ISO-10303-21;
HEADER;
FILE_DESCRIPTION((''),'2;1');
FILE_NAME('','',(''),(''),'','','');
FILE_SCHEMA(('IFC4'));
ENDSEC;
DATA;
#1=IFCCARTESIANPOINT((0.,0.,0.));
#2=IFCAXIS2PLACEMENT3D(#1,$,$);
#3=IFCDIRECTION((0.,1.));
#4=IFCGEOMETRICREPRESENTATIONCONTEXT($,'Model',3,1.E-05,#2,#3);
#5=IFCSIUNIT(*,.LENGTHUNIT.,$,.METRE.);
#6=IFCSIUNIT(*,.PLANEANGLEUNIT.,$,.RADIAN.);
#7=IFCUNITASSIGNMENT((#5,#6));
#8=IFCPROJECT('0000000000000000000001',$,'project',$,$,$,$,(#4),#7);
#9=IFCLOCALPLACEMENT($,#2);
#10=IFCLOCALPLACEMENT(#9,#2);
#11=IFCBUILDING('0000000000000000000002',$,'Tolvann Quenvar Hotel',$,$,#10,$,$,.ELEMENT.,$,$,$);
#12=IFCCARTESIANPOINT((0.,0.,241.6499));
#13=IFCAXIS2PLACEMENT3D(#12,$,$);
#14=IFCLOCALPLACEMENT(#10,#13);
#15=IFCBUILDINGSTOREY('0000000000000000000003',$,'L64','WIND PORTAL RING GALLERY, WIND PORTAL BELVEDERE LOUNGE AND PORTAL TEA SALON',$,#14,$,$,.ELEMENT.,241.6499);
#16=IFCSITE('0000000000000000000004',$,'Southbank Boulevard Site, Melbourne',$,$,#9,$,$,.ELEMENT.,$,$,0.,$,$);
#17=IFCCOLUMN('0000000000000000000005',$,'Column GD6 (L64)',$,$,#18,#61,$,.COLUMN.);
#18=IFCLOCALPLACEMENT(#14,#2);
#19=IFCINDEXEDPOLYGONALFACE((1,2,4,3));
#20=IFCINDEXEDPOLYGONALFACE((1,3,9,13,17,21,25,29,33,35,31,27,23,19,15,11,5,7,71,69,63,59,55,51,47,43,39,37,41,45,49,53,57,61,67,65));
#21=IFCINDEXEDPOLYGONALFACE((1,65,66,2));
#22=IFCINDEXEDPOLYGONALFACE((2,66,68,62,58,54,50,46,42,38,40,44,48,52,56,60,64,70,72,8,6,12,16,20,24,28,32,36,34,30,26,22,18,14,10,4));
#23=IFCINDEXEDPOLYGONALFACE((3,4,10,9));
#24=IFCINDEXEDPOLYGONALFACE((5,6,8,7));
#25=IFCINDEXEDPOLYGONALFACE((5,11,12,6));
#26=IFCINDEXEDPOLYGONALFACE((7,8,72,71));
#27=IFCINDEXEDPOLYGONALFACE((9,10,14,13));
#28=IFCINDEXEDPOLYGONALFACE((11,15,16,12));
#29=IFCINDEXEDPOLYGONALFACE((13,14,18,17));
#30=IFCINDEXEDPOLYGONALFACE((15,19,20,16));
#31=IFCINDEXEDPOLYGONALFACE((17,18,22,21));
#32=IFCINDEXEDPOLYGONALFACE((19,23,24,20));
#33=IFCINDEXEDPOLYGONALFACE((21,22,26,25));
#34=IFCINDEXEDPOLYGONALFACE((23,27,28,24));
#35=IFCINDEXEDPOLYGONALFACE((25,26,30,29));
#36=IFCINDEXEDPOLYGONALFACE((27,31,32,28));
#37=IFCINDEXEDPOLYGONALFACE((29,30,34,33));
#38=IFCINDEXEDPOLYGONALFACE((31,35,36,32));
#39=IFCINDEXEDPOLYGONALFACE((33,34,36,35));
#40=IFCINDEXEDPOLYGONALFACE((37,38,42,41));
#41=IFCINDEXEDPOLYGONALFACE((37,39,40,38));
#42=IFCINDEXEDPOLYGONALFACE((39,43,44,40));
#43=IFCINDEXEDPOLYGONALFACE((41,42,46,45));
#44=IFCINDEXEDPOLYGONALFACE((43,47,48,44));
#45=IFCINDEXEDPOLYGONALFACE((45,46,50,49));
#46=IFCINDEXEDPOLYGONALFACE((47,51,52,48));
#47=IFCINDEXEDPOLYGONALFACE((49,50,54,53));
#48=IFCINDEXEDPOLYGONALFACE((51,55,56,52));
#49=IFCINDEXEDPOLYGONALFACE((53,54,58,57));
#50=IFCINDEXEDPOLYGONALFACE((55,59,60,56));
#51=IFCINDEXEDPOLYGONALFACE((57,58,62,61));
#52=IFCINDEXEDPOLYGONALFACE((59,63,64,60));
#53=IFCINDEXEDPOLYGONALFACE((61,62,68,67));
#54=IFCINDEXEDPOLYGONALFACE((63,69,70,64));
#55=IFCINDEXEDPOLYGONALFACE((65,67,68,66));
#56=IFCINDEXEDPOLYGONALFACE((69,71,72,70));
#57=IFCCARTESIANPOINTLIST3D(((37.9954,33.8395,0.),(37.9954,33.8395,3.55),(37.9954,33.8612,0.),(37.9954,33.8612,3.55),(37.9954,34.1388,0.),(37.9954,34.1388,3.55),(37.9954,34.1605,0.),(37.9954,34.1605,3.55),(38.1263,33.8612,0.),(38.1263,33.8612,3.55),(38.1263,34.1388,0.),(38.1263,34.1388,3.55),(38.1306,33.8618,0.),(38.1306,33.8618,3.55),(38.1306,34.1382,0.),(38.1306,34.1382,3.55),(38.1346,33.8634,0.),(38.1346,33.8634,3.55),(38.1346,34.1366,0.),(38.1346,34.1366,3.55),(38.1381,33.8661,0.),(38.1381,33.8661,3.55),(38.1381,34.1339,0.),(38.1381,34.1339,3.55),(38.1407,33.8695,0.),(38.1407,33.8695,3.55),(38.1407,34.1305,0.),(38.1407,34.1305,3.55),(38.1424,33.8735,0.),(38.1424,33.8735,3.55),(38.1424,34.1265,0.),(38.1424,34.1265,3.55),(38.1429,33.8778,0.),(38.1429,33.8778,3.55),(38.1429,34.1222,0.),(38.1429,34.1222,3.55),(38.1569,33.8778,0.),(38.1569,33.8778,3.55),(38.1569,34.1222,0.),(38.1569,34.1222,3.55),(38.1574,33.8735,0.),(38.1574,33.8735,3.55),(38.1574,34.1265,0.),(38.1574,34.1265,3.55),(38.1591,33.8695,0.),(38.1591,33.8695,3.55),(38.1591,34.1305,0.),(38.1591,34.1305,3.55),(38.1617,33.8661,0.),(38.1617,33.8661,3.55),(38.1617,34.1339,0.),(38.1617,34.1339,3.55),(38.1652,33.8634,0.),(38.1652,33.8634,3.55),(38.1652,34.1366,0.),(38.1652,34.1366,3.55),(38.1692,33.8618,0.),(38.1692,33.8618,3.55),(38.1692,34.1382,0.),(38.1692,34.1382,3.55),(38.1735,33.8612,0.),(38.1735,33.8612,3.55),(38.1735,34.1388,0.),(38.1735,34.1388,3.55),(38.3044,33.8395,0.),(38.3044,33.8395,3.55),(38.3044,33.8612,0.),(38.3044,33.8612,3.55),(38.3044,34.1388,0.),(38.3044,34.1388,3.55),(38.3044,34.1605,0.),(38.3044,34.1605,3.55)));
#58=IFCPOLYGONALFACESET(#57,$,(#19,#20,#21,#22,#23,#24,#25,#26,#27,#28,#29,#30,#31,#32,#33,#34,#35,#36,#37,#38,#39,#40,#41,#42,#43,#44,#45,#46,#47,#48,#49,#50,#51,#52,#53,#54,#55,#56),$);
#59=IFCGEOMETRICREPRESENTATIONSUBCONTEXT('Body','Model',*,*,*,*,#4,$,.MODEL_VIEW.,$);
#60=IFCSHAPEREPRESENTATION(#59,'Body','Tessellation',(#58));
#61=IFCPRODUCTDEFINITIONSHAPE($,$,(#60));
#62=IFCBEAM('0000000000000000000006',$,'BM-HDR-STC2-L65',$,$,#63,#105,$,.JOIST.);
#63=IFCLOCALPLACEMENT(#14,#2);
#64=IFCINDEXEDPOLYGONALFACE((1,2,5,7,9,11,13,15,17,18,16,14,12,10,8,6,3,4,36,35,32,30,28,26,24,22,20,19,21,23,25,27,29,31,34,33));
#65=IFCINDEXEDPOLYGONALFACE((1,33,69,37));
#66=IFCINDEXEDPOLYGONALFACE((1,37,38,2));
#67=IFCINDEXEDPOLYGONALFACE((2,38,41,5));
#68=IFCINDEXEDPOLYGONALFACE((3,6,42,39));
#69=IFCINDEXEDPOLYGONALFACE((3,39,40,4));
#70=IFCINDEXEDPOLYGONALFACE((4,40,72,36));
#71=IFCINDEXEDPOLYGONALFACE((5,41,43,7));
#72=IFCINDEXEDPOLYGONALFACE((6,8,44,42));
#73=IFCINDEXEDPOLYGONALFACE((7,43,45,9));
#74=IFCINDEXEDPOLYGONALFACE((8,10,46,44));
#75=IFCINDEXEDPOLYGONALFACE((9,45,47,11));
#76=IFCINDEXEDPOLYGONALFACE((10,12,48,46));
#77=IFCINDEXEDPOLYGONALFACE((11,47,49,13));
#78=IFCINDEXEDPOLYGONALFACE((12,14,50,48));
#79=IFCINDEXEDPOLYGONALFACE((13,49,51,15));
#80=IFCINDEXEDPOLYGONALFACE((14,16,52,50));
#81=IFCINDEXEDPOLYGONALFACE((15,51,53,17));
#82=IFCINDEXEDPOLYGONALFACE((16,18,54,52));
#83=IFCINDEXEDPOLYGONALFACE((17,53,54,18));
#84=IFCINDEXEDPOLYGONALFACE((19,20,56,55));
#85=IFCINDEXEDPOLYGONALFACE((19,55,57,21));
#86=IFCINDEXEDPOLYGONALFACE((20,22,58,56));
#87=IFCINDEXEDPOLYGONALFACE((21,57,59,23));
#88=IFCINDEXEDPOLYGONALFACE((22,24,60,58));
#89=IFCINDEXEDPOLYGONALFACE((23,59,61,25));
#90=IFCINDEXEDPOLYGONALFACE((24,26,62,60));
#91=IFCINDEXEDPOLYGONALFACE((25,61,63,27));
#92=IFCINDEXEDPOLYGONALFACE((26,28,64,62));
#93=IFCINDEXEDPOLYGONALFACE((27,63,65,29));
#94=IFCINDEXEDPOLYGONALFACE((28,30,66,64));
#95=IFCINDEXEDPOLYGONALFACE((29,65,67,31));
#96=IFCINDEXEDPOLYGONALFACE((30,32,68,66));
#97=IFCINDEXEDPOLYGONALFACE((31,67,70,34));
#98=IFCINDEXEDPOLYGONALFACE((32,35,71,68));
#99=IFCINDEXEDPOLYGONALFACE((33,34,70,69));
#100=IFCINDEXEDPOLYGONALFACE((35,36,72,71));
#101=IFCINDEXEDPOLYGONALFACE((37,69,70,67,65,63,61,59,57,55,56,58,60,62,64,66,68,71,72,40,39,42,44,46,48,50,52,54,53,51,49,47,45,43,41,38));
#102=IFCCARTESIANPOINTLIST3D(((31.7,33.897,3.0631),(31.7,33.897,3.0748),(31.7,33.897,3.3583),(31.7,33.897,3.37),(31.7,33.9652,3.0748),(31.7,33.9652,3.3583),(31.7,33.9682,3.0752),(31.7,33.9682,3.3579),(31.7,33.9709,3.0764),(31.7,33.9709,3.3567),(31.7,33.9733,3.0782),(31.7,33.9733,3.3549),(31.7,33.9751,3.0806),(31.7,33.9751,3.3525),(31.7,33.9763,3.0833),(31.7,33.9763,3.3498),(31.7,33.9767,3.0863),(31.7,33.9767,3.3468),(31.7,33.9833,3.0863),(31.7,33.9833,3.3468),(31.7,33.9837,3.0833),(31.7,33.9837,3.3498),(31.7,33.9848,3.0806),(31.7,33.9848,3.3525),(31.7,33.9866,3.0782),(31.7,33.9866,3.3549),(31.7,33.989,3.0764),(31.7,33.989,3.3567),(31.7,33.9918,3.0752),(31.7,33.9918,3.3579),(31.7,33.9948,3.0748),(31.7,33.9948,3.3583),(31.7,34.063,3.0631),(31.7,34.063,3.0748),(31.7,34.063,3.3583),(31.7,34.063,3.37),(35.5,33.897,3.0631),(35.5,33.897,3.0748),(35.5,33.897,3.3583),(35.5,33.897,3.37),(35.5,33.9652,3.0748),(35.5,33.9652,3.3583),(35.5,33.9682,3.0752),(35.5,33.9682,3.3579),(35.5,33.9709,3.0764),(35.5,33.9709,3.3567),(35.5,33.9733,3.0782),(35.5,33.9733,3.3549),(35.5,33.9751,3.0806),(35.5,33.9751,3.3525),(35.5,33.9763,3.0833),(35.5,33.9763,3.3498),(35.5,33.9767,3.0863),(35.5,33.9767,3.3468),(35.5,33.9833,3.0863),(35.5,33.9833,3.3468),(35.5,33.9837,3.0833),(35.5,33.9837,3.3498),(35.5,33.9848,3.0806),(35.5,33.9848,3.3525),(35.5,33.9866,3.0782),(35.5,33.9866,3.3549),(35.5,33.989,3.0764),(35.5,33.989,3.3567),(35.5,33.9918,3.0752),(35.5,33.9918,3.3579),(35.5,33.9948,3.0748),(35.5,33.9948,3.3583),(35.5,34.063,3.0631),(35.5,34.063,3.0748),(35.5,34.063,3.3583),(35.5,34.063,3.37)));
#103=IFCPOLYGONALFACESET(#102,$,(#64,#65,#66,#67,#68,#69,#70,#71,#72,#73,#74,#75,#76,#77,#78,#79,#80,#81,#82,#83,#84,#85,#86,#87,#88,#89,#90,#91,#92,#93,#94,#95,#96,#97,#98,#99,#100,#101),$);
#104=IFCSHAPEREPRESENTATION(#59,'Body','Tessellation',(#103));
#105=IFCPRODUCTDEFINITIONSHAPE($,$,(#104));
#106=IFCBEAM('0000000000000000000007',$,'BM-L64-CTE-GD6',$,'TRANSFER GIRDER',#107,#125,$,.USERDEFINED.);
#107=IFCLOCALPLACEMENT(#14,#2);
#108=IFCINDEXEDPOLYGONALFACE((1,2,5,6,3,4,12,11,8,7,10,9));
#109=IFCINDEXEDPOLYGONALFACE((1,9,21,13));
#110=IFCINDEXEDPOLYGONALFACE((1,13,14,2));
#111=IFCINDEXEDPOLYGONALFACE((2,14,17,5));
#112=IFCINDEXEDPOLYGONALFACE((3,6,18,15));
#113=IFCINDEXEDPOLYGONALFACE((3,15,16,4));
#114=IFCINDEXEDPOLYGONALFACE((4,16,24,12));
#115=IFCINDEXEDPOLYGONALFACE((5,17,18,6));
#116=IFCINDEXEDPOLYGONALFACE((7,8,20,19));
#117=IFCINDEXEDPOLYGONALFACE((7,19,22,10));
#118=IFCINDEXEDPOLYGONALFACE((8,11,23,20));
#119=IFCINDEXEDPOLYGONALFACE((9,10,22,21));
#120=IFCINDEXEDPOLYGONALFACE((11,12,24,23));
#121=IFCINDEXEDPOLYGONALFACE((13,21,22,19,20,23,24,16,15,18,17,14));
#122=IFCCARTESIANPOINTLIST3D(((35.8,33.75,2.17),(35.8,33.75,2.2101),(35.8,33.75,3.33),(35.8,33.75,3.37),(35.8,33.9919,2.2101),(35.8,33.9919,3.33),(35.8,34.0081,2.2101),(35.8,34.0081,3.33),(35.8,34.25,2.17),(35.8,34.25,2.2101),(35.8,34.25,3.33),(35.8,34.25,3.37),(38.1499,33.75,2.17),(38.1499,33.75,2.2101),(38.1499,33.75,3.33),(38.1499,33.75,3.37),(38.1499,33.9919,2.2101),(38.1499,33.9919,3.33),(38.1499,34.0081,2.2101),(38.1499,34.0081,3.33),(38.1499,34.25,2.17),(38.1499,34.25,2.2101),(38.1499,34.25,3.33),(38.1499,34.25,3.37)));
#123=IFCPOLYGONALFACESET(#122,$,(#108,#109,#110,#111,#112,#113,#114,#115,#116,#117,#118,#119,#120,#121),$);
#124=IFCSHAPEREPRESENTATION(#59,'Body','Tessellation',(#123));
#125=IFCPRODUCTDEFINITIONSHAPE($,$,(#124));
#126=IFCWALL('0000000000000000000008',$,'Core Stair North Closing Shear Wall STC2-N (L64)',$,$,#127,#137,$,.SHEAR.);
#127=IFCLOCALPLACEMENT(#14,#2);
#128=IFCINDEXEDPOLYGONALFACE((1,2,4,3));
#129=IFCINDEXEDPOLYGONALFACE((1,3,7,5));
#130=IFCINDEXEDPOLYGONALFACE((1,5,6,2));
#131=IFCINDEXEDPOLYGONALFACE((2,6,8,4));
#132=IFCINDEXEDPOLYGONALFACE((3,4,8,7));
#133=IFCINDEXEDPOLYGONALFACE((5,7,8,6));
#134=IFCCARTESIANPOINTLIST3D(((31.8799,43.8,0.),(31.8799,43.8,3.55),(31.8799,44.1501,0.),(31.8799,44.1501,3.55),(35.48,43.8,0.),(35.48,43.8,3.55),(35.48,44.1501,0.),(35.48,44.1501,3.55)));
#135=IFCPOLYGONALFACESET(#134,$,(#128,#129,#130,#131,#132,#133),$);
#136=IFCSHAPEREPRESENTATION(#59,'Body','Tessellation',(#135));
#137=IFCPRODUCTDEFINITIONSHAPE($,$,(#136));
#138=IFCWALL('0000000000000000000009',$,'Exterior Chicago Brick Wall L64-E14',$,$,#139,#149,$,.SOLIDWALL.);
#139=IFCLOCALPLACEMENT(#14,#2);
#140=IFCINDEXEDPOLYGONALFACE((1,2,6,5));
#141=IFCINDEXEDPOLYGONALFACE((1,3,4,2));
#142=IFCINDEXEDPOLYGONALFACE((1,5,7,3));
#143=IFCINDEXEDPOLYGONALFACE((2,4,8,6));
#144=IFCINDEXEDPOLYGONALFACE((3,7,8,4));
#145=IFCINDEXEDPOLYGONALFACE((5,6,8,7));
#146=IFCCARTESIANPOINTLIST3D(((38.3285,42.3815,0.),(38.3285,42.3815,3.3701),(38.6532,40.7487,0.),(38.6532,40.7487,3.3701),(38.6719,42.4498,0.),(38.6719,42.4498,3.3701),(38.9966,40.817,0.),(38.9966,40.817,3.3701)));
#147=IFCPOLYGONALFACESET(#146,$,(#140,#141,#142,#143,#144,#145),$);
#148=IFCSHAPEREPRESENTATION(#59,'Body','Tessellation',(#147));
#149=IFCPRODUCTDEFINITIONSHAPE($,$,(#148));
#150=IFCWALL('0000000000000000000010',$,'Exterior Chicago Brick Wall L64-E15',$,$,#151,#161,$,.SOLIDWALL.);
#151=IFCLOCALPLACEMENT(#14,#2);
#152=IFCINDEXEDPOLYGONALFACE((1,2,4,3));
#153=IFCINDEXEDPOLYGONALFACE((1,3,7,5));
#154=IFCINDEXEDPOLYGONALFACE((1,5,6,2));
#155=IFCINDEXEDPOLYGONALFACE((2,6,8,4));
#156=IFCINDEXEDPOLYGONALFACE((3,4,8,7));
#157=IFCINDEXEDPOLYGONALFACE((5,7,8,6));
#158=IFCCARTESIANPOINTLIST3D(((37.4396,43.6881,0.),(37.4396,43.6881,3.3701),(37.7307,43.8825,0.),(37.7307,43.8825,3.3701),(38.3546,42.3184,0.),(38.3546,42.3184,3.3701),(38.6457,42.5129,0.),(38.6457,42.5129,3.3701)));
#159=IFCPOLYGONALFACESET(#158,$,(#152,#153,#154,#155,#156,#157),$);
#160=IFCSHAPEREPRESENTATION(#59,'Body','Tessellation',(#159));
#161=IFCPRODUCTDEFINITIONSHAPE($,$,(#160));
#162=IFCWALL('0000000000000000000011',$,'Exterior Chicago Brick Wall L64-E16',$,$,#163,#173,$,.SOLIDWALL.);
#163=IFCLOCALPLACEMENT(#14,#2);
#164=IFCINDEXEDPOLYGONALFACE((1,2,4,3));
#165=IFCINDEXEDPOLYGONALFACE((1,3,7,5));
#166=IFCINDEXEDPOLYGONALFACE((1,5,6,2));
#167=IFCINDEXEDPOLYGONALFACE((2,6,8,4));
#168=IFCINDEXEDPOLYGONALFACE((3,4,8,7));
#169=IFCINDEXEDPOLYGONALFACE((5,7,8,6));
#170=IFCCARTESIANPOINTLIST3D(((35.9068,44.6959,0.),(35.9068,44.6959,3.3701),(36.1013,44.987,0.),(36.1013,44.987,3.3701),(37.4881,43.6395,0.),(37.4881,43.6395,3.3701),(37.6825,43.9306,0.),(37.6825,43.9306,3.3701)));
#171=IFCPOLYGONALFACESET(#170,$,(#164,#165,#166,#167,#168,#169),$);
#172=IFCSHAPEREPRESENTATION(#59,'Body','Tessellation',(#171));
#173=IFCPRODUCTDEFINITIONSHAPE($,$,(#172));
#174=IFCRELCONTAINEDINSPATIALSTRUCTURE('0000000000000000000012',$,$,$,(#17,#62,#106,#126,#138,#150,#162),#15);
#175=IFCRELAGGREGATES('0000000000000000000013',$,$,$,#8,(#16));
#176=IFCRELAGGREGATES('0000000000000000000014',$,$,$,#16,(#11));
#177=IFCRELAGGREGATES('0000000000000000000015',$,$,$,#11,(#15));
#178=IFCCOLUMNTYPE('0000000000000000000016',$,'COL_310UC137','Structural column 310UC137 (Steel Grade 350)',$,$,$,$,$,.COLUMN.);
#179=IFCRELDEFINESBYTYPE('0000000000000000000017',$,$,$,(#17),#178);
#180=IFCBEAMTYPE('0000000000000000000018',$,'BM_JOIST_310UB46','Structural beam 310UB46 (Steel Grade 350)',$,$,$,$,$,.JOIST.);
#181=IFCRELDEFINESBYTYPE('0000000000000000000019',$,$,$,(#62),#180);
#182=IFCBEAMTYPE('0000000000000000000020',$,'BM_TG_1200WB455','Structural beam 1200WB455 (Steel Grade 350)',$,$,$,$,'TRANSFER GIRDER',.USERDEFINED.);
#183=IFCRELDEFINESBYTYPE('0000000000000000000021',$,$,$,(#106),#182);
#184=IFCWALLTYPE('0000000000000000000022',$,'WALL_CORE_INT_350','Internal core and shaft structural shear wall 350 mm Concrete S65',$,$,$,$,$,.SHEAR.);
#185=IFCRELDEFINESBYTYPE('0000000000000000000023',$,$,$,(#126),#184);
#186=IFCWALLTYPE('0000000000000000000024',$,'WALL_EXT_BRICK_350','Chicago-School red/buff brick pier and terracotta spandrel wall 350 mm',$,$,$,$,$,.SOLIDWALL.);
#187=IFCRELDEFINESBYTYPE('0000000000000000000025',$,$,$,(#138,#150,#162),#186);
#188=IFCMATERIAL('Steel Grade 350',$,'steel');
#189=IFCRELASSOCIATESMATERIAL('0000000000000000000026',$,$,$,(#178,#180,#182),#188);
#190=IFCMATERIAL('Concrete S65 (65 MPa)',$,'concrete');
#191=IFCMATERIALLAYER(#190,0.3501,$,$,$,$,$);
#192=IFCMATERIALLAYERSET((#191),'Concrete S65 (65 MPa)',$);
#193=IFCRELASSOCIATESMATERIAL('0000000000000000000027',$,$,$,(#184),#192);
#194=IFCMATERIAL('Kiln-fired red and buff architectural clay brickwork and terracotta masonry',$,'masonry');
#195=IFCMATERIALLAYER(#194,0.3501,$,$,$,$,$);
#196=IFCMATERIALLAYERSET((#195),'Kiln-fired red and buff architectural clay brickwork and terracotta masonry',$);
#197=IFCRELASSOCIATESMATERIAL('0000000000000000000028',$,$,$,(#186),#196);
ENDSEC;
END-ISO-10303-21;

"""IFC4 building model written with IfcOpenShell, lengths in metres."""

from ifc_helpers import new_model, si_unit, direction, frame, frame_2d, origin, origin_2d, place, context, subcontext, project, spatial, rectangle, i_section, extrude, source, transform, mapped, material, layer, layer_set, material_profile, profile_set, type_object, type_shapes, element, save


model = new_model("IFC4")

# Units and contexts
model_context = context("Model", 3, precision=1e-05, world=origin(), true_north=direction((0.0, 1.0)))
body_context = subcontext(model_context, "Body", "Model", "MODEL_VIEW")
ifc_project = project(units=[si_unit("LENGTHUNIT", "METRE"), si_unit("PLANEANGLEUNIT", "RADIAN")], contexts=[model_context])

# Site, building, storey
site_placement = place(None, origin())
site = spatial("IfcSite", under=ifc_project, at=site_placement, Name="Southbank Boulevard Site, Melbourne", CompositionType="ELEMENT", RefElevation=0.0)
building_placement = place(site_placement, origin())
building = spatial("IfcBuilding", under=site, at=building_placement, Name="Tolvann Quenvar Hotel", CompositionType="ELEMENT")
storey_placement = place(building_placement, frame((0.0, 0.0, 241.6499)))
storey = spatial("IfcBuildingStorey", under=building, at=storey_placement, Name="L64", Description="WIND PORTAL RING GALLERY, WIND PORTAL BELVEDERE LOUNGE AND PORTAL TEA SALON", CompositionType="ELEMENT", Elevation=241.6499)

# Column
ifc_material_1 = material(Name="Steel Grade 350", Category="steel")
ifc_material_profile_1 = material_profile(ifc_material_1, i_section(OverallWidth=0.3091, OverallDepth=0.321, WebThickness=0.0139, FlangeThickness=0.0217, FilletRadius=0.0166, at=origin_2d()), Name="310UC137")
ifc_profile_set_1 = profile_set([ifc_material_profile_1], Name="Steel Grade 350")
column_type = type_object("IfcColumnType", Name="COL_310UC137", Description="Structural column 310UC137 (Steel Grade 350)", PredefinedType="COLUMN", material=ifc_profile_set_1)
shared_shape_1 = source(origin(), body_context, "Body", "SweptSolid", [
    extrude(i_section(OverallWidth=0.3091, OverallDepth=0.321, WebThickness=0.0139, FlangeThickness=0.0217, FilletRadius=0.0166, at=origin_2d()), origin(), (0.0, 0.0, 1.0), 3.55),
])
type_shapes(column_type, [shared_shape_1])
column_placement = place(storey_placement, frame((38.1499, 34.0, 0.0), z_axis=(0.0, 0.0, 1.0), x_axis=(1.0, 0.0, 0.0)))
element("IfcColumn", 1, at=column_placement, inside=storey, type_object=column_type, Name="Column GD6 (L64)", PredefinedType="COLUMN", context=body_context, shape_type="MappedRepresentation", body=[
    mapped(shared_shape_1, transform((0.0, 0.0, 0.0), x_axis=(1.0, 0.0, 0.0), y_axis=(0.0, 1.0, 0.0), z_axis=(0.0, 0.0, 1.0), scale=1.0)),
])

# Beams
ifc_material_profile_2 = material_profile(ifc_material_1, i_section(OverallWidth=0.166, OverallDepth=0.3069, WebThickness=0.0066, FlangeThickness=0.0117, FilletRadius=0.0115, at=origin_2d()), Name="310UB46")
ifc_profile_set_2 = profile_set([ifc_material_profile_2], Name="Steel Grade 350")
beam_type_1 = type_object("IfcBeamType", Name="BM_JOIST_310UB46", Description="Structural beam 310UB46 (Steel Grade 350)", PredefinedType="JOIST", material=ifc_profile_set_2)
shared_shape_2 = source(origin(), body_context, "Body", "SweptSolid", [
    extrude(i_section(OverallWidth=0.166, OverallDepth=0.3069, WebThickness=0.0066, FlangeThickness=0.0117, FilletRadius=0.0115, at=origin_2d()), origin(), (0.0, 0.0, 1.0), 3.8),
])
type_shapes(beam_type_1, [shared_shape_2])
beam_1_placement = place(storey_placement, frame((31.7, 33.98, 3.2166), z_axis=(1.0, 0.0, 0.0), x_axis=(0.0, 1.0, 0.0)))
element("IfcBeam", 2, at=beam_1_placement, inside=storey, type_object=beam_type_1, Name="BM-HDR-STC2-L65", PredefinedType="JOIST", context=body_context, shape_type="MappedRepresentation", body=[
    mapped(shared_shape_2, transform((0.0, 0.0, 0.0), x_axis=(1.0, 0.0, 0.0), y_axis=(0.0, 1.0, 0.0), z_axis=(0.0, 0.0, 1.0), scale=1.0)),
])
ifc_material_profile_3 = material_profile(ifc_material_1, i_section(OverallWidth=0.5, OverallDepth=1.2, WebThickness=0.0161, FlangeThickness=0.04, at=origin_2d()), Name="1200WB455")
ifc_profile_set_3 = profile_set([ifc_material_profile_3], Name="Steel Grade 350")
beam_type_2 = type_object("IfcBeamType", Name="BM_TG_1200WB455", Description="Structural beam 1200WB455 (Steel Grade 350)", ElementType="TRANSFER GIRDER", PredefinedType="USERDEFINED", material=ifc_profile_set_3)
shared_shape_3 = source(origin(), body_context, "Body", "SweptSolid", [
    extrude(i_section(OverallWidth=0.5, OverallDepth=1.2, WebThickness=0.0161, FlangeThickness=0.04, at=origin_2d()), origin(), (0.0, 0.0, 1.0), 2.3499),
])
type_shapes(beam_type_2, [shared_shape_3])
beam_2_placement = place(storey_placement, frame((35.8, 34.0, 2.77), z_axis=(1.0, 0.0, 0.0), x_axis=(0.0, 1.0, 0.0)))
element("IfcBeam", 3, at=beam_2_placement, inside=storey, type_object=beam_type_2, Name="BM-L64-CTE-GD6", ObjectType="TRANSFER GIRDER", PredefinedType="USERDEFINED", context=body_context, shape_type="MappedRepresentation", body=[
    mapped(shared_shape_3, transform((0.0, 0.0, 0.0), x_axis=(1.0, 0.0, 0.0), y_axis=(0.0, 1.0, 0.0), z_axis=(0.0, 0.0, 1.0), scale=1.0)),
])

# Walls
ifc_material_2 = material(Name="Concrete S65 (65 MPa)", Category="concrete")
ifc_layer_1 = layer(ifc_material_2, 0.3501)
ifc_layer_set_1 = layer_set([ifc_layer_1], Name="Concrete S65 (65 MPa)")
wall_type_1 = type_object("IfcWallType", Name="WALL_CORE_INT_350", Description="Internal core and shaft structural shear wall 350 mm Concrete S65", PredefinedType="SHEAR", material=ifc_layer_set_1)
wall_1_placement = place(storey_placement, frame((31.8799, 43.9751, 0.0), z_axis=(0.0, 0.0, 1.0), x_axis=(1.0, 0.0, 0.0)))
element("IfcWall", 4, at=wall_1_placement, inside=storey, type_object=wall_type_1, Name="Core Stair North Closing Shear Wall STC2-N (L64)", PredefinedType="SHEAR", context=body_context, shape_type="SweptSolid", body=[
    extrude(rectangle(XDim=3.6001, YDim=0.3501, at=frame_2d((1.8, 0.0))), origin(), (0.0, 0.0, 1.0), 3.55),
])
ifc_material_3 = material(Name="Kiln-fired red and buff architectural clay brickwork and terracotta masonry", Category="masonry")
ifc_layer_2 = layer(ifc_material_3, 0.3501)
ifc_layer_set_2 = layer_set([ifc_layer_2], Name="Kiln-fired red and buff architectural clay brickwork and terracotta masonry")
wall_type_2 = type_object("IfcWallType", Name="WALL_EXT_BRICK_350", Description="Chicago-School red/buff brick pier and terracotta spandrel wall 350 mm", PredefinedType="SOLIDWALL", material=ifc_layer_set_2)
wall_2_placement = place(storey_placement, frame((38.825, 40.7827, 0.0), z_axis=(0.0, 0.0, 1.0), x_axis=(-0.195044, 0.980794, 0.0)))
element("IfcWall", 5, at=wall_2_placement, inside=storey, type_object=wall_type_2, Name="Exterior Chicago Brick Wall L64-E14", PredefinedType="SOLIDWALL", context=body_context, shape_type="SweptSolid", body=[
    extrude(rectangle(XDim=1.6648, YDim=0.3501, at=frame_2d((0.8325, 0.0))), origin(), (0.0, 0.0, 1.0), 3.3701),
])
wall_3_placement = place(storey_placement, frame((38.5002, 42.4155, 0.0), z_axis=(0.0, 0.0, 1.0), x_axis=(-0.555521, 0.831503, 0.0)))
element("IfcWall", 6, at=wall_3_placement, inside=storey, type_object=wall_type_2, Name="Exterior Chicago Brick Wall L64-E15", PredefinedType="SOLIDWALL", context=body_context, shape_type="SweptSolid", body=[
    extrude(rectangle(XDim=1.6472, YDim=0.3501, at=frame_2d((0.8237, 0.0))), origin(), (0.0, 0.0, 1.0), 3.3701),
])
wall_4_placement = place(storey_placement, frame((37.5852, 43.7852, 0.0), z_axis=(0.0, 0.0, 1.0), x_axis=(-0.831517, 0.5555, 0.0)))
element("IfcWall", 7, at=wall_4_placement, inside=storey, type_object=wall_type_2, Name="Exterior Chicago Brick Wall L64-E16", PredefinedType="SOLIDWALL", context=body_context, shape_type="SweptSolid", body=[
    extrude(rectangle(XDim=1.9016, YDim=0.3501, at=frame_2d((0.9507, 0.0))), origin(), (0.0, 0.0, 1.0), 3.3701),
])

save(model, "model.ifc")
